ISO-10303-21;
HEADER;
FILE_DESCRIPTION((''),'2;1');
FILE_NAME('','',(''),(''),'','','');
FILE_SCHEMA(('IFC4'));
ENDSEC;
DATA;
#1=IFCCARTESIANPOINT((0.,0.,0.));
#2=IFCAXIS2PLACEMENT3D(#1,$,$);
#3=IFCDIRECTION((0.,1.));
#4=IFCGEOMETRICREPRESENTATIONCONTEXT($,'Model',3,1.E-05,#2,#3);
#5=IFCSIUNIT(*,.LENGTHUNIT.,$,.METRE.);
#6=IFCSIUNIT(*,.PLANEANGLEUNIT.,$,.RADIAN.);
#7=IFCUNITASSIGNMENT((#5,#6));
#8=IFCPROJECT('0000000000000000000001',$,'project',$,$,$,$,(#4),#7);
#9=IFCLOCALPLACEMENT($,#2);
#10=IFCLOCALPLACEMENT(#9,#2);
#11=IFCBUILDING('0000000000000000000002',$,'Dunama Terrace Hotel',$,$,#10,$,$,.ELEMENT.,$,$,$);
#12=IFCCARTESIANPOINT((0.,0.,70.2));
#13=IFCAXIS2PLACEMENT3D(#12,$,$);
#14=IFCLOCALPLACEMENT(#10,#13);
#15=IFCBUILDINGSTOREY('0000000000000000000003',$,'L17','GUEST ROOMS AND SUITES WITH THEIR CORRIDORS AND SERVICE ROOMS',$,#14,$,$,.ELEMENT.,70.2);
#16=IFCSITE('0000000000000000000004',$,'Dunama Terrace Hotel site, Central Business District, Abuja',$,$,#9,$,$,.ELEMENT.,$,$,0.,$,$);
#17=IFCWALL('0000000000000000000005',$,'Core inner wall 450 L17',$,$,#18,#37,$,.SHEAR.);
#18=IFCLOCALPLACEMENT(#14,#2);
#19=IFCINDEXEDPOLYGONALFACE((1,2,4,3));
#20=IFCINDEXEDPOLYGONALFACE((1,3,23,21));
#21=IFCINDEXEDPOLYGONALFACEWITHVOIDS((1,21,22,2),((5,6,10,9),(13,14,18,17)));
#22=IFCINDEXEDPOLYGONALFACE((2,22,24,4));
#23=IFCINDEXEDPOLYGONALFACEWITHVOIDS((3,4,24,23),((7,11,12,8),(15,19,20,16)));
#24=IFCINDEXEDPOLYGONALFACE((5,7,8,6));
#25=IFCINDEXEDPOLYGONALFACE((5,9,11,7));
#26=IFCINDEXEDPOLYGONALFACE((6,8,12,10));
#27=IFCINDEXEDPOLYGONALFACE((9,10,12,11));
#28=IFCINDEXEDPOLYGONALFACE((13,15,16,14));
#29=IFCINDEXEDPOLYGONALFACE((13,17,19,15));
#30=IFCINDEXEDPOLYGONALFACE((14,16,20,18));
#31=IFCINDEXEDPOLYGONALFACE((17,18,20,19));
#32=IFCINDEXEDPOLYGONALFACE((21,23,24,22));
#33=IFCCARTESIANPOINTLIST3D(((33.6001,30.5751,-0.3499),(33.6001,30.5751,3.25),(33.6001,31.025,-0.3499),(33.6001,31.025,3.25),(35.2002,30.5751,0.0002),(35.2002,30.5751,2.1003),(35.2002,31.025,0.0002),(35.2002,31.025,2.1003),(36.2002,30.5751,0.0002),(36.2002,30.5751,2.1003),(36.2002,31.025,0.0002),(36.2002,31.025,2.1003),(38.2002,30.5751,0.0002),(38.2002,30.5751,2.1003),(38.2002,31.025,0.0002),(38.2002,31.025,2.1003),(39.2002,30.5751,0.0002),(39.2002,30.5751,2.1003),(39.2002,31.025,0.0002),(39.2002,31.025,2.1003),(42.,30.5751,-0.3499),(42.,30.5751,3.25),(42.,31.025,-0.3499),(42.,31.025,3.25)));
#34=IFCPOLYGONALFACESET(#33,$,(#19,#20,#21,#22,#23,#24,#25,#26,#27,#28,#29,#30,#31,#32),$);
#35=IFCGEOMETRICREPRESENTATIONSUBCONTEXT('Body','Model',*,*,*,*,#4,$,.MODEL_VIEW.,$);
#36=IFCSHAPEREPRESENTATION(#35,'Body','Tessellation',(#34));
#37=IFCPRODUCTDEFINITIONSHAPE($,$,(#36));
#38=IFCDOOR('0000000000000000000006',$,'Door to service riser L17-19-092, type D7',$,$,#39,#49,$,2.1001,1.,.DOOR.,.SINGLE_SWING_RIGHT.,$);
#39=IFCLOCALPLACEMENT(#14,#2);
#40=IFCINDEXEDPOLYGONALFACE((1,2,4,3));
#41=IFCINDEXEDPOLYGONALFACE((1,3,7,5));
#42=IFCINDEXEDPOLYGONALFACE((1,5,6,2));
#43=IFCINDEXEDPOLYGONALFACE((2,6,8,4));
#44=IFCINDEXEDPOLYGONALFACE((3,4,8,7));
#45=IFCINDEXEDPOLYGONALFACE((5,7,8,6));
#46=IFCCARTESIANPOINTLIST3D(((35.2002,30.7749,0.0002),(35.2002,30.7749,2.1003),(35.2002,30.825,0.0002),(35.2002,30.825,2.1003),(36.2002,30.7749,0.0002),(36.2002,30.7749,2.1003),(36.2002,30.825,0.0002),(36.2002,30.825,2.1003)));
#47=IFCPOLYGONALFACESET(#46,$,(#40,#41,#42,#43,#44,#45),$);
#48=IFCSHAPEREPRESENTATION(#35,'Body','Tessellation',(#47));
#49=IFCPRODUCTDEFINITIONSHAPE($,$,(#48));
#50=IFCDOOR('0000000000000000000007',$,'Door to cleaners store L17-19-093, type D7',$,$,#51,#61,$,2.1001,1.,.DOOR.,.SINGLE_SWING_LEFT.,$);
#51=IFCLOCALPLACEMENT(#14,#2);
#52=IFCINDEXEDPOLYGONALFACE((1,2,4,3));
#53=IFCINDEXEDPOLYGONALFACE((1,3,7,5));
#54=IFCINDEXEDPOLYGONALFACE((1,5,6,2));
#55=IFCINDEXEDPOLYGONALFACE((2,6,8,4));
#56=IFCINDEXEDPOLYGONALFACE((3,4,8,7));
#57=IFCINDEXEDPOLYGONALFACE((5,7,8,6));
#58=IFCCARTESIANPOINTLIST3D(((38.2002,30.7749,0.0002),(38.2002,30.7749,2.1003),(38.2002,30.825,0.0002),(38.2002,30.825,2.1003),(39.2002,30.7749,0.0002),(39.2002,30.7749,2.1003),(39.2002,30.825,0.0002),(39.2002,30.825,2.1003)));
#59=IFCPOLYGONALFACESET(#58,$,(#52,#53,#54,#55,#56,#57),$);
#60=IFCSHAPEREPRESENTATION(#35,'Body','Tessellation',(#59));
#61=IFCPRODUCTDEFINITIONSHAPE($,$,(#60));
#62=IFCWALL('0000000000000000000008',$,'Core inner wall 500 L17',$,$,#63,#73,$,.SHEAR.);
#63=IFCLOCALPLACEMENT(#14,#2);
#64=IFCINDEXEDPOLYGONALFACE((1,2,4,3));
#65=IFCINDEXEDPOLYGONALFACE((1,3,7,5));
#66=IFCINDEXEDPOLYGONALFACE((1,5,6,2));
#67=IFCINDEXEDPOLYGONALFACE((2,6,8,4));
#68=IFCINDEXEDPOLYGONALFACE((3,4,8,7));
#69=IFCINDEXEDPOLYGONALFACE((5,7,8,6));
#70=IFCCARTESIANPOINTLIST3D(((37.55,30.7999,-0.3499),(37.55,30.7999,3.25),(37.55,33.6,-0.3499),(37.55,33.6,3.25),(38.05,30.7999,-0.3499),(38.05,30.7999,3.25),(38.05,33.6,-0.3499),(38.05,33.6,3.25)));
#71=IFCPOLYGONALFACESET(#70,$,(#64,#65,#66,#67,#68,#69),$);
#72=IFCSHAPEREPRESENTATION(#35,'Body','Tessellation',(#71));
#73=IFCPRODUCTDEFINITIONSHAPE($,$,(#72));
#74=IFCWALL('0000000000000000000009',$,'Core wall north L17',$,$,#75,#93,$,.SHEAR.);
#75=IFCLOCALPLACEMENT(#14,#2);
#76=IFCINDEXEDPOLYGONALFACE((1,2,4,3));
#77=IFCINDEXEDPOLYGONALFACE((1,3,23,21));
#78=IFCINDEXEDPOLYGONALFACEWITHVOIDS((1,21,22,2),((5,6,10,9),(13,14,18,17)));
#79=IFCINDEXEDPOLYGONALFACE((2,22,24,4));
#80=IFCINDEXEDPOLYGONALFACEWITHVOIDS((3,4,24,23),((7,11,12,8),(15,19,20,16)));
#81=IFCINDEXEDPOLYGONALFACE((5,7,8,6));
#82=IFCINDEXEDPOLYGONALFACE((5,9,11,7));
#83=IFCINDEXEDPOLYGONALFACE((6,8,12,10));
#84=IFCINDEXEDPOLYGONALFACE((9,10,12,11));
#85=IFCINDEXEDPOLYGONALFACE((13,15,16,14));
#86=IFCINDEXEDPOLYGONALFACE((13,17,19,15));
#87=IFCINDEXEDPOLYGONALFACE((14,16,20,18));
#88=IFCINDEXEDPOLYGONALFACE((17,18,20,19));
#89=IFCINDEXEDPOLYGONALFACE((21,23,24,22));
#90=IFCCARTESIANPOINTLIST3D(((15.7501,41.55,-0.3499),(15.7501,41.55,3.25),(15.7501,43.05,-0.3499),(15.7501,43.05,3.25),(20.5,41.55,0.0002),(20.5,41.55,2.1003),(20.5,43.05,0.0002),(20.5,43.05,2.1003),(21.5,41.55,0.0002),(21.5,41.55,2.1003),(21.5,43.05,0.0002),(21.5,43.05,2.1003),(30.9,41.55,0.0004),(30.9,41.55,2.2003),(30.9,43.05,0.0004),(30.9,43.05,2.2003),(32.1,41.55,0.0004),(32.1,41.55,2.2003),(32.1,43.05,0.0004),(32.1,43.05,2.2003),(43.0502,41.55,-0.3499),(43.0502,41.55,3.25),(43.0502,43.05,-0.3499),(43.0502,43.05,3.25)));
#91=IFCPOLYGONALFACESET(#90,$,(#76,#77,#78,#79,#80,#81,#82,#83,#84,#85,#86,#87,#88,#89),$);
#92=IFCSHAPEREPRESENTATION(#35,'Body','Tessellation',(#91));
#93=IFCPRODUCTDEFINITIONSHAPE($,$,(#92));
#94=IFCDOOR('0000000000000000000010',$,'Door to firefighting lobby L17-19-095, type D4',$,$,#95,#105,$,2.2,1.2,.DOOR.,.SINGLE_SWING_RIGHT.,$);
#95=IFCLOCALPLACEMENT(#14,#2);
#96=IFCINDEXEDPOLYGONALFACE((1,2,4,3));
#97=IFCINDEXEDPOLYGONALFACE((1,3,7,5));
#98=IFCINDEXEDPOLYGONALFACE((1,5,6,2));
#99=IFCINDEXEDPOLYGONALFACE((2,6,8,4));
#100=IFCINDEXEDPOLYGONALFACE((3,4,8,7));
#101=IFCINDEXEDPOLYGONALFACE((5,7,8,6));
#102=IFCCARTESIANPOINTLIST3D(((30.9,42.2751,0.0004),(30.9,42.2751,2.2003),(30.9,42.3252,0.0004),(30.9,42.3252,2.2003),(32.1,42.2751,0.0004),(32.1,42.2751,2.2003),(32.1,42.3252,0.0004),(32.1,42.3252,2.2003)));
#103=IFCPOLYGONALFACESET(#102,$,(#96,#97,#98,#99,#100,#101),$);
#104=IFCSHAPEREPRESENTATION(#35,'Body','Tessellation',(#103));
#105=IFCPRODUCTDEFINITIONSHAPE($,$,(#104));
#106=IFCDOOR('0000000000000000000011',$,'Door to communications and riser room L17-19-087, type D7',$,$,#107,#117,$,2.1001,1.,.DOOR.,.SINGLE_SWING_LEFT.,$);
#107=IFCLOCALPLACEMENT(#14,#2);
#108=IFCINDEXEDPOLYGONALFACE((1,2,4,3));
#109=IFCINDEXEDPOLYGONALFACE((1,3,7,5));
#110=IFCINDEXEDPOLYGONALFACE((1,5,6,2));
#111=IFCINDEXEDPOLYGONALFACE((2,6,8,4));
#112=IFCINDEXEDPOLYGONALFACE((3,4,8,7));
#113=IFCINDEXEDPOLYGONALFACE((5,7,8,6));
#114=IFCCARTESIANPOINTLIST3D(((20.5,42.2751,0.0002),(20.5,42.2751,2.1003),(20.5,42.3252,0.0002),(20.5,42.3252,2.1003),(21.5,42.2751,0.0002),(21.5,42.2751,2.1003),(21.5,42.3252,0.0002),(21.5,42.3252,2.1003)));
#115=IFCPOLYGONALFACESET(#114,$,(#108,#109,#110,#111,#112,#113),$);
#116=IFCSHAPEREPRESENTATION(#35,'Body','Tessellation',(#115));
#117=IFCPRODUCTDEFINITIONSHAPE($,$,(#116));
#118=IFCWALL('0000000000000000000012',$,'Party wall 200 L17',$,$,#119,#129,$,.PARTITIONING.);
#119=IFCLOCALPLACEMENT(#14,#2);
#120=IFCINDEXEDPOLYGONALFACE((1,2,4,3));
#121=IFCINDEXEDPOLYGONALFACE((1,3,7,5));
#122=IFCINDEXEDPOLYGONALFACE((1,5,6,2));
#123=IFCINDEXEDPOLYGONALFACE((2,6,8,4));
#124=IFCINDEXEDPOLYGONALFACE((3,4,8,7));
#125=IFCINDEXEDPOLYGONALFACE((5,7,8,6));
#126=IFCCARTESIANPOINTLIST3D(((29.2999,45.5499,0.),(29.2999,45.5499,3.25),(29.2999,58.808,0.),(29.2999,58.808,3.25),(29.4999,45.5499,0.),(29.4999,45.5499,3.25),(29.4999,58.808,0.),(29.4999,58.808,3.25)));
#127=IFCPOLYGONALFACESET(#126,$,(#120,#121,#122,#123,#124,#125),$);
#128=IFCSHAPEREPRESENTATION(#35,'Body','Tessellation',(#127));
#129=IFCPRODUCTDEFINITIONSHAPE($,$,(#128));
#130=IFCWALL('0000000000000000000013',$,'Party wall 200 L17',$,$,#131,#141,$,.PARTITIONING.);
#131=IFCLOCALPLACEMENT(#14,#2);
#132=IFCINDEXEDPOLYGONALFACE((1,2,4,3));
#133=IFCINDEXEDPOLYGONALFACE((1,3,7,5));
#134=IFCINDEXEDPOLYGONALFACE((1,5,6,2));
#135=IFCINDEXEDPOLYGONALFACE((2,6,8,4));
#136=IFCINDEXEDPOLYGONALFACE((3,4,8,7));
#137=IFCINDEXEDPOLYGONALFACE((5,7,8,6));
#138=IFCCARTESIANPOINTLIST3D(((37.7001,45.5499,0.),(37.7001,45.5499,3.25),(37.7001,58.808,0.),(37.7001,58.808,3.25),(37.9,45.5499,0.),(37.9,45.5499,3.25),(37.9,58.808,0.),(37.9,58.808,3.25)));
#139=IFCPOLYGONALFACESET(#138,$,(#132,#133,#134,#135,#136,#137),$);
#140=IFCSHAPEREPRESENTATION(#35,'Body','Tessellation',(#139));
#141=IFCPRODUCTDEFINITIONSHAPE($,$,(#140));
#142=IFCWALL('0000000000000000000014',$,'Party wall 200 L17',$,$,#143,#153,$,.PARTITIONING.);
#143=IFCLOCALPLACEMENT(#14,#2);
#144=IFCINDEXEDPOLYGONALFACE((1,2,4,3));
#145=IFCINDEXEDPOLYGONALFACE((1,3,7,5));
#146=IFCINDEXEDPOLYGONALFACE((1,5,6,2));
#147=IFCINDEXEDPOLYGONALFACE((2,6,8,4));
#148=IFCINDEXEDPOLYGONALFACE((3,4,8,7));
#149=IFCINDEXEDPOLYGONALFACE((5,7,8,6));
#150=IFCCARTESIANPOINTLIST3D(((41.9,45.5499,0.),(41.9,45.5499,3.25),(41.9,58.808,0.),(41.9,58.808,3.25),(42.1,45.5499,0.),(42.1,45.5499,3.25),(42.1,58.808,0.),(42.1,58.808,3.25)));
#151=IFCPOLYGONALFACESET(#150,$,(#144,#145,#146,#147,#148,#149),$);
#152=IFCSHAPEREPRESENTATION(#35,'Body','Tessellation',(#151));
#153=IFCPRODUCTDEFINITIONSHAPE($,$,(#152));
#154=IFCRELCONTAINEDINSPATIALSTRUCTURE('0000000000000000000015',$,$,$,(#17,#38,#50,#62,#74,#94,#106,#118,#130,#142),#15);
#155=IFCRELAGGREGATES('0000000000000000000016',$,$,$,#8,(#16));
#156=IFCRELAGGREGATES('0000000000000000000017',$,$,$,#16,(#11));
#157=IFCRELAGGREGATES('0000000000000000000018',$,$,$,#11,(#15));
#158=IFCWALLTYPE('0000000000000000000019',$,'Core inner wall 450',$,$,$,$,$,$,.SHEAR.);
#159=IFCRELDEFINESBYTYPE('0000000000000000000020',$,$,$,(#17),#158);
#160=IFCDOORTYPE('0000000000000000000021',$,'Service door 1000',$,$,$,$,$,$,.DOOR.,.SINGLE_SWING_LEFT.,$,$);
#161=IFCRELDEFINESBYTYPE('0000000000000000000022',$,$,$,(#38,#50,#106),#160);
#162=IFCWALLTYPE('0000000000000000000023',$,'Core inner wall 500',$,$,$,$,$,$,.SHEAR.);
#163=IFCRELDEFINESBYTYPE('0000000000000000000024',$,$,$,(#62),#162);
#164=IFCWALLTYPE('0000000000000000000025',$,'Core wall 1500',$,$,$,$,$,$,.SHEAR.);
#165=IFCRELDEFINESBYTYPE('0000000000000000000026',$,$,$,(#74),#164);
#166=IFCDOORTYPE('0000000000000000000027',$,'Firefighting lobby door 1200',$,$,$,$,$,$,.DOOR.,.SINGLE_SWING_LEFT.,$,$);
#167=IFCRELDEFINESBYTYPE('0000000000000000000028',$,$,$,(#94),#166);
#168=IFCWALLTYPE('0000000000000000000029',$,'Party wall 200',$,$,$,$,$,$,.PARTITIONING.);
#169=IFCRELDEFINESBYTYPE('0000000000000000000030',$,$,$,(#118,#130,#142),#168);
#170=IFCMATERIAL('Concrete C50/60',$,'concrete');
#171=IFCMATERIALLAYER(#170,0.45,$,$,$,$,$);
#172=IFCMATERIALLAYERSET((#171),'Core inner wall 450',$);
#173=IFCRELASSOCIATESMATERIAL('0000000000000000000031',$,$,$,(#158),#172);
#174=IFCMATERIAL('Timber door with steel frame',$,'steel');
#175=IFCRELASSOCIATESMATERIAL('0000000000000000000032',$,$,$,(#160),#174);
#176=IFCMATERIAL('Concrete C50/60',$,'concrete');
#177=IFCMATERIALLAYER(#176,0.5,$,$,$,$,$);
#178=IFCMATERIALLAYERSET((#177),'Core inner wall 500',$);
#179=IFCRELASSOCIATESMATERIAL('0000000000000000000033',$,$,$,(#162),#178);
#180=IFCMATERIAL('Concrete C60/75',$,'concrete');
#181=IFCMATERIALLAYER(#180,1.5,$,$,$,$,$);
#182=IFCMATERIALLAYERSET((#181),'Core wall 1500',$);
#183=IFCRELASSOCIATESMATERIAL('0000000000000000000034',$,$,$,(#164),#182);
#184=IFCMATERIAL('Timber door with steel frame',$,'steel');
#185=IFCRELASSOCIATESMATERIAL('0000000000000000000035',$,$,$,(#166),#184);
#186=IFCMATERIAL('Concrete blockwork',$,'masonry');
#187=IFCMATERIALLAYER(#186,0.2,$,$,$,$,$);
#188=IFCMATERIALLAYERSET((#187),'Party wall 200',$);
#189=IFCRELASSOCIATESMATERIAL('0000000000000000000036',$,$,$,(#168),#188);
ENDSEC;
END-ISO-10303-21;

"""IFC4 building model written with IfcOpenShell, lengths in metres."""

from ifc_helpers import new_model, si_unit, direction, frame, frame_2d, origin, place, context, subcontext, project, spatial, rectangle, extrude, material, layer, layer_set, type_object, element, fill, save


model = new_model("IFC4")

# Units and contexts
model_context = context("Model", 3, precision=1e-05, world=origin(), true_north=direction((0.0, 1.0)))
body_context = subcontext(model_context, "Body", "Model", "MODEL_VIEW")
ifc_project = project(units=[si_unit("LENGTHUNIT", "METRE"), si_unit("PLANEANGLEUNIT", "RADIAN")], contexts=[model_context])

# Site, building, storey
site_placement = place(None, origin())
site = spatial("IfcSite", under=ifc_project, at=site_placement, Name="Dunama Terrace Hotel site, Central Business District, Abuja", CompositionType="ELEMENT", RefElevation=0.0)
building_placement = place(site_placement, origin())
building = spatial("IfcBuilding", under=site, at=building_placement, Name="Dunama Terrace Hotel", CompositionType="ELEMENT")
storey_placement = place(building_placement, frame((0.0, 0.0, 70.2)))
storey = spatial("IfcBuildingStorey", under=building, at=storey_placement, Name="L17", Description="GUEST ROOMS AND SUITES WITH THEIR CORRIDORS AND SERVICE ROOMS", CompositionType="ELEMENT", Elevation=70.2)

# Shared definitions
ifc_material_1 = material(Name="Concrete C50/60", Category="concrete")
ifc_layer_1 = layer(ifc_material_1, 0.45)
ifc_layer_set_1 = layer_set([ifc_layer_1], Name="Core inner wall 450")
wall_type_1 = type_object("IfcWallType", Name="Core inner wall 450", PredefinedType="SHEAR", material=ifc_layer_set_1)

# Wall, openings, doors
wall_1_placement = place(storey_placement, frame((33.6001, 30.8, -0.3499), z_axis=(0.0, 0.0, 1.0), x_axis=(1.0, 0.0, 0.0)))
wall_1 = element("IfcWall", 1, at=wall_1_placement, inside=storey, type_object=wall_type_1, Name="Core inner wall 450 L17", PredefinedType="SHEAR", context=body_context, shape_type="SweptSolid", body=[
    extrude(rectangle(XDim=8.3999, YDim=0.45, at=frame_2d((4.2, 0.0))), origin(), (0.0, 0.0, 1.0), 3.5999),
])
opening_1_placement = place(wall_1_placement, frame((1.6001, 0.0, 0.3501)))
opening_1 = element("IfcOpeningElement", 2, at=opening_1_placement, cuts=wall_1, PredefinedType="OPENING", context=body_context, shape_type="SweptSolid", body=[
    extrude(rectangle(XDim=1.0, YDim=2.1001, at=frame_2d((0.5, 1.05))), frame((0.0, 0.2349, 0.0), z_axis=(0.0, -1.0, 0.0), x_axis=(1.0, 0.0, 0.0)), (0.0, 0.0, 1.0), 0.47),
])
opening_2_placement = place(wall_1_placement, frame((4.6001, 0.0, 0.3501)))
opening_2 = element("IfcOpeningElement", 3, at=opening_2_placement, cuts=wall_1, PredefinedType="OPENING", context=body_context, shape_type="SweptSolid", body=[
    extrude(rectangle(XDim=1.0, YDim=2.1001, at=frame_2d((0.5, 1.05))), frame((0.0, 0.2349, 0.0), z_axis=(0.0, -1.0, 0.0), x_axis=(1.0, 0.0, 0.0)), (0.0, 0.0, 1.0), 0.47),
])
ifc_material_2 = material(Name="Timber door with steel frame", Category="steel")
door_type_1 = type_object("IfcDoorType", Name="Service door 1000", OperationType="SINGLE_SWING_LEFT", PredefinedType="DOOR", material=ifc_material_2)
door_1_placement = place(opening_1_placement, origin())
door_1 = element("IfcDoor", 4, at=door_1_placement, inside=storey, type_object=door_type_1, Name="Door to service riser L17-19-092, type D7", OperationType="SINGLE_SWING_RIGHT", OverallHeight=2.1001, OverallWidth=1.0, PredefinedType="DOOR", context=body_context, shape_type="SweptSolid", body=[
    extrude(rectangle(XDim=1.0, YDim=2.1001, at=frame_2d((0.5, 1.05))), frame((0.0, 0.0249, 0.0), z_axis=(0.0, -1.0, 0.0), x_axis=(1.0, 0.0, 0.0)), (0.0, 0.0, 1.0), 0.05),
])
fill(opening_1, door_1)
door_2_placement = place(opening_2_placement, origin())
door_2 = element("IfcDoor", 5, at=door_2_placement, inside=storey, type_object=door_type_1, Name="Door to cleaners store L17-19-093, type D7", OperationType="SINGLE_SWING_LEFT", OverallHeight=2.1001, OverallWidth=1.0, PredefinedType="DOOR", context=body_context, shape_type="SweptSolid", body=[
    extrude(rectangle(XDim=1.0, YDim=2.1001, at=frame_2d((0.5, 1.05))), frame((0.0, 0.0249, 0.0), z_axis=(0.0, -1.0, 0.0), x_axis=(1.0, 0.0, 0.0)), (0.0, 0.0, 1.0), 0.05),
])
fill(opening_2, door_2)

# Wall
ifc_material_3 = material(Name="Concrete C50/60", Category="concrete")
ifc_layer_2 = layer(ifc_material_3, 0.5)
ifc_layer_set_2 = layer_set([ifc_layer_2], Name="Core inner wall 500")
wall_type_2 = type_object("IfcWallType", Name="Core inner wall 500", PredefinedType="SHEAR", material=ifc_layer_set_2)
wall_2_placement = place(storey_placement, frame((37.8, 30.8, -0.3499), z_axis=(0.0, 0.0, 1.0), x_axis=(0.0, 1.0, 0.0)))
element("IfcWall", 6, at=wall_2_placement, inside=storey, type_object=wall_type_2, Name="Core inner wall 500 L17", PredefinedType="SHEAR", context=body_context, shape_type="SweptSolid", body=[
    extrude(rectangle(XDim=2.8, YDim=0.5, at=frame_2d((1.3999, 0.0))), origin(), (0.0, 0.0, 1.0), 3.5999),
])

# Wall, openings, doors
ifc_material_4 = material(Name="Concrete C60/75", Category="concrete")
ifc_layer_3 = layer(ifc_material_4, 1.5)
ifc_layer_set_3 = layer_set([ifc_layer_3], Name="Core wall 1500")
wall_type_3 = type_object("IfcWallType", Name="Core wall 1500", PredefinedType="SHEAR", material=ifc_layer_set_3)
wall_3_placement = place(storey_placement, frame((43.05, 42.3, -0.3499), z_axis=(0.0, 0.0, 1.0), x_axis=(-1.0, 0.0, 0.0)))
wall_3 = element("IfcWall", 7, at=wall_3_placement, inside=storey, type_object=wall_type_3, Name="Core wall north L17", PredefinedType="SHEAR", context=body_context, shape_type="SweptSolid", body=[
    extrude(rectangle(XDim=27.3, YDim=1.5, at=frame_2d((13.6499, 0.0))), origin(), (0.0, 0.0, 1.0), 3.5999),
])
opening_3_placement = place(wall_3_placement, frame((21.55, 0.0, 0.3501)))
opening_3 = element("IfcOpeningElement", 8, at=opening_3_placement, cuts=wall_3, PredefinedType="OPENING", context=body_context, shape_type="SweptSolid", body=[
    extrude(rectangle(XDim=1.0, YDim=2.1001, at=frame_2d((0.5, 1.05))), frame((0.0, 0.76, 0.0), z_axis=(0.0, -1.0, 0.0), x_axis=(1.0, 0.0, 0.0)), (0.0, 0.0, 1.0), 1.52),
])
opening_4_placement = place(wall_3_placement, frame((10.95, 0.0, 0.3501)))
opening_4 = element("IfcOpeningElement", 9, at=opening_4_placement, cuts=wall_3, PredefinedType="OPENING", context=body_context, shape_type="SweptSolid", body=[
    extrude(rectangle(XDim=1.2, YDim=2.2, at=frame_2d((0.6001, 1.1001))), frame((0.0, 0.76, 0.0), z_axis=(0.0, -1.0, 0.0), x_axis=(1.0, 0.0, 0.0)), (0.0, 0.0, 1.0), 1.52),
])
ifc_material_5 = material(Name="Timber door with steel frame", Category="steel")
door_type_2 = type_object("IfcDoorType", Name="Firefighting lobby door 1200", OperationType="SINGLE_SWING_LEFT", PredefinedType="DOOR", material=ifc_material_5)
door_3_placement = place(opening_4_placement, origin())
door_3 = element("IfcDoor", 10, at=door_3_placement, inside=storey, type_object=door_type_2, Name="Door to firefighting lobby L17-19-095, type D4", OperationType="SINGLE_SWING_RIGHT", OverallHeight=2.2, OverallWidth=1.2, PredefinedType="DOOR", context=body_context, shape_type="SweptSolid", body=[
    extrude(rectangle(XDim=1.2, YDim=2.2, at=frame_2d((0.6001, 1.1001))), frame((0.0, 0.0249, 0.0), z_axis=(0.0, -1.0, 0.0), x_axis=(1.0, 0.0, 0.0)), (0.0, 0.0, 1.0), 0.05),
])
fill(opening_4, door_3)
door_4_placement = place(opening_3_placement, origin())
door_4 = element("IfcDoor", 11, at=door_4_placement, inside=storey, type_object=door_type_1, Name="Door to communications and riser room L17-19-087, type D7", OperationType="SINGLE_SWING_LEFT", OverallHeight=2.1001, OverallWidth=1.0, PredefinedType="DOOR", context=body_context, shape_type="SweptSolid", body=[
    extrude(rectangle(XDim=1.0, YDim=2.1001, at=frame_2d((0.5, 1.05))), frame((0.0, 0.0249, 0.0), z_axis=(0.0, -1.0, 0.0), x_axis=(1.0, 0.0, 0.0)), (0.0, 0.0, 1.0), 0.05),
])
fill(opening_3, door_4)

# Walls
ifc_material_6 = material(Name="Concrete blockwork", Category="masonry")
ifc_layer_4 = layer(ifc_material_6, 0.2)
ifc_layer_set_4 = layer_set([ifc_layer_4], Name="Party wall 200")
wall_type_4 = type_object("IfcWallType", Name="Party wall 200", PredefinedType="PARTITIONING", material=ifc_layer_set_4)
for number, where, z_axis, x_axis, name in (
    (12, (29.3999, 45.55, 0.0), (0.0, 0.0, 1.0), (0.0, 1.0, 0.0), "Party wall 200 L17"),
    (13, (37.8, 45.55, 0.0), (0.0, 0.0, 1.0), (0.0, 1.0, 0.0), "Party wall 200 L17"),
    (14, (42.0, 45.55, 0.0), (0.0, 0.0, 1.0), (0.0, 1.0, 0.0), "Party wall 200 L17"),
):
    element("IfcWall", number, at=place(storey_placement, frame(where, z_axis=z_axis, x_axis=x_axis)), inside=storey, type_object=wall_type_4, Name=name, PredefinedType="PARTITIONING", context=body_context, shape_type="SweptSolid", body=[
        extrude(rectangle(XDim=13.2581, YDim=0.2, at=frame_2d((6.6289, 0.0))), origin(), (0.0, 0.0, 1.0), 3.25),
    ])

save(model, "model.ifc")
